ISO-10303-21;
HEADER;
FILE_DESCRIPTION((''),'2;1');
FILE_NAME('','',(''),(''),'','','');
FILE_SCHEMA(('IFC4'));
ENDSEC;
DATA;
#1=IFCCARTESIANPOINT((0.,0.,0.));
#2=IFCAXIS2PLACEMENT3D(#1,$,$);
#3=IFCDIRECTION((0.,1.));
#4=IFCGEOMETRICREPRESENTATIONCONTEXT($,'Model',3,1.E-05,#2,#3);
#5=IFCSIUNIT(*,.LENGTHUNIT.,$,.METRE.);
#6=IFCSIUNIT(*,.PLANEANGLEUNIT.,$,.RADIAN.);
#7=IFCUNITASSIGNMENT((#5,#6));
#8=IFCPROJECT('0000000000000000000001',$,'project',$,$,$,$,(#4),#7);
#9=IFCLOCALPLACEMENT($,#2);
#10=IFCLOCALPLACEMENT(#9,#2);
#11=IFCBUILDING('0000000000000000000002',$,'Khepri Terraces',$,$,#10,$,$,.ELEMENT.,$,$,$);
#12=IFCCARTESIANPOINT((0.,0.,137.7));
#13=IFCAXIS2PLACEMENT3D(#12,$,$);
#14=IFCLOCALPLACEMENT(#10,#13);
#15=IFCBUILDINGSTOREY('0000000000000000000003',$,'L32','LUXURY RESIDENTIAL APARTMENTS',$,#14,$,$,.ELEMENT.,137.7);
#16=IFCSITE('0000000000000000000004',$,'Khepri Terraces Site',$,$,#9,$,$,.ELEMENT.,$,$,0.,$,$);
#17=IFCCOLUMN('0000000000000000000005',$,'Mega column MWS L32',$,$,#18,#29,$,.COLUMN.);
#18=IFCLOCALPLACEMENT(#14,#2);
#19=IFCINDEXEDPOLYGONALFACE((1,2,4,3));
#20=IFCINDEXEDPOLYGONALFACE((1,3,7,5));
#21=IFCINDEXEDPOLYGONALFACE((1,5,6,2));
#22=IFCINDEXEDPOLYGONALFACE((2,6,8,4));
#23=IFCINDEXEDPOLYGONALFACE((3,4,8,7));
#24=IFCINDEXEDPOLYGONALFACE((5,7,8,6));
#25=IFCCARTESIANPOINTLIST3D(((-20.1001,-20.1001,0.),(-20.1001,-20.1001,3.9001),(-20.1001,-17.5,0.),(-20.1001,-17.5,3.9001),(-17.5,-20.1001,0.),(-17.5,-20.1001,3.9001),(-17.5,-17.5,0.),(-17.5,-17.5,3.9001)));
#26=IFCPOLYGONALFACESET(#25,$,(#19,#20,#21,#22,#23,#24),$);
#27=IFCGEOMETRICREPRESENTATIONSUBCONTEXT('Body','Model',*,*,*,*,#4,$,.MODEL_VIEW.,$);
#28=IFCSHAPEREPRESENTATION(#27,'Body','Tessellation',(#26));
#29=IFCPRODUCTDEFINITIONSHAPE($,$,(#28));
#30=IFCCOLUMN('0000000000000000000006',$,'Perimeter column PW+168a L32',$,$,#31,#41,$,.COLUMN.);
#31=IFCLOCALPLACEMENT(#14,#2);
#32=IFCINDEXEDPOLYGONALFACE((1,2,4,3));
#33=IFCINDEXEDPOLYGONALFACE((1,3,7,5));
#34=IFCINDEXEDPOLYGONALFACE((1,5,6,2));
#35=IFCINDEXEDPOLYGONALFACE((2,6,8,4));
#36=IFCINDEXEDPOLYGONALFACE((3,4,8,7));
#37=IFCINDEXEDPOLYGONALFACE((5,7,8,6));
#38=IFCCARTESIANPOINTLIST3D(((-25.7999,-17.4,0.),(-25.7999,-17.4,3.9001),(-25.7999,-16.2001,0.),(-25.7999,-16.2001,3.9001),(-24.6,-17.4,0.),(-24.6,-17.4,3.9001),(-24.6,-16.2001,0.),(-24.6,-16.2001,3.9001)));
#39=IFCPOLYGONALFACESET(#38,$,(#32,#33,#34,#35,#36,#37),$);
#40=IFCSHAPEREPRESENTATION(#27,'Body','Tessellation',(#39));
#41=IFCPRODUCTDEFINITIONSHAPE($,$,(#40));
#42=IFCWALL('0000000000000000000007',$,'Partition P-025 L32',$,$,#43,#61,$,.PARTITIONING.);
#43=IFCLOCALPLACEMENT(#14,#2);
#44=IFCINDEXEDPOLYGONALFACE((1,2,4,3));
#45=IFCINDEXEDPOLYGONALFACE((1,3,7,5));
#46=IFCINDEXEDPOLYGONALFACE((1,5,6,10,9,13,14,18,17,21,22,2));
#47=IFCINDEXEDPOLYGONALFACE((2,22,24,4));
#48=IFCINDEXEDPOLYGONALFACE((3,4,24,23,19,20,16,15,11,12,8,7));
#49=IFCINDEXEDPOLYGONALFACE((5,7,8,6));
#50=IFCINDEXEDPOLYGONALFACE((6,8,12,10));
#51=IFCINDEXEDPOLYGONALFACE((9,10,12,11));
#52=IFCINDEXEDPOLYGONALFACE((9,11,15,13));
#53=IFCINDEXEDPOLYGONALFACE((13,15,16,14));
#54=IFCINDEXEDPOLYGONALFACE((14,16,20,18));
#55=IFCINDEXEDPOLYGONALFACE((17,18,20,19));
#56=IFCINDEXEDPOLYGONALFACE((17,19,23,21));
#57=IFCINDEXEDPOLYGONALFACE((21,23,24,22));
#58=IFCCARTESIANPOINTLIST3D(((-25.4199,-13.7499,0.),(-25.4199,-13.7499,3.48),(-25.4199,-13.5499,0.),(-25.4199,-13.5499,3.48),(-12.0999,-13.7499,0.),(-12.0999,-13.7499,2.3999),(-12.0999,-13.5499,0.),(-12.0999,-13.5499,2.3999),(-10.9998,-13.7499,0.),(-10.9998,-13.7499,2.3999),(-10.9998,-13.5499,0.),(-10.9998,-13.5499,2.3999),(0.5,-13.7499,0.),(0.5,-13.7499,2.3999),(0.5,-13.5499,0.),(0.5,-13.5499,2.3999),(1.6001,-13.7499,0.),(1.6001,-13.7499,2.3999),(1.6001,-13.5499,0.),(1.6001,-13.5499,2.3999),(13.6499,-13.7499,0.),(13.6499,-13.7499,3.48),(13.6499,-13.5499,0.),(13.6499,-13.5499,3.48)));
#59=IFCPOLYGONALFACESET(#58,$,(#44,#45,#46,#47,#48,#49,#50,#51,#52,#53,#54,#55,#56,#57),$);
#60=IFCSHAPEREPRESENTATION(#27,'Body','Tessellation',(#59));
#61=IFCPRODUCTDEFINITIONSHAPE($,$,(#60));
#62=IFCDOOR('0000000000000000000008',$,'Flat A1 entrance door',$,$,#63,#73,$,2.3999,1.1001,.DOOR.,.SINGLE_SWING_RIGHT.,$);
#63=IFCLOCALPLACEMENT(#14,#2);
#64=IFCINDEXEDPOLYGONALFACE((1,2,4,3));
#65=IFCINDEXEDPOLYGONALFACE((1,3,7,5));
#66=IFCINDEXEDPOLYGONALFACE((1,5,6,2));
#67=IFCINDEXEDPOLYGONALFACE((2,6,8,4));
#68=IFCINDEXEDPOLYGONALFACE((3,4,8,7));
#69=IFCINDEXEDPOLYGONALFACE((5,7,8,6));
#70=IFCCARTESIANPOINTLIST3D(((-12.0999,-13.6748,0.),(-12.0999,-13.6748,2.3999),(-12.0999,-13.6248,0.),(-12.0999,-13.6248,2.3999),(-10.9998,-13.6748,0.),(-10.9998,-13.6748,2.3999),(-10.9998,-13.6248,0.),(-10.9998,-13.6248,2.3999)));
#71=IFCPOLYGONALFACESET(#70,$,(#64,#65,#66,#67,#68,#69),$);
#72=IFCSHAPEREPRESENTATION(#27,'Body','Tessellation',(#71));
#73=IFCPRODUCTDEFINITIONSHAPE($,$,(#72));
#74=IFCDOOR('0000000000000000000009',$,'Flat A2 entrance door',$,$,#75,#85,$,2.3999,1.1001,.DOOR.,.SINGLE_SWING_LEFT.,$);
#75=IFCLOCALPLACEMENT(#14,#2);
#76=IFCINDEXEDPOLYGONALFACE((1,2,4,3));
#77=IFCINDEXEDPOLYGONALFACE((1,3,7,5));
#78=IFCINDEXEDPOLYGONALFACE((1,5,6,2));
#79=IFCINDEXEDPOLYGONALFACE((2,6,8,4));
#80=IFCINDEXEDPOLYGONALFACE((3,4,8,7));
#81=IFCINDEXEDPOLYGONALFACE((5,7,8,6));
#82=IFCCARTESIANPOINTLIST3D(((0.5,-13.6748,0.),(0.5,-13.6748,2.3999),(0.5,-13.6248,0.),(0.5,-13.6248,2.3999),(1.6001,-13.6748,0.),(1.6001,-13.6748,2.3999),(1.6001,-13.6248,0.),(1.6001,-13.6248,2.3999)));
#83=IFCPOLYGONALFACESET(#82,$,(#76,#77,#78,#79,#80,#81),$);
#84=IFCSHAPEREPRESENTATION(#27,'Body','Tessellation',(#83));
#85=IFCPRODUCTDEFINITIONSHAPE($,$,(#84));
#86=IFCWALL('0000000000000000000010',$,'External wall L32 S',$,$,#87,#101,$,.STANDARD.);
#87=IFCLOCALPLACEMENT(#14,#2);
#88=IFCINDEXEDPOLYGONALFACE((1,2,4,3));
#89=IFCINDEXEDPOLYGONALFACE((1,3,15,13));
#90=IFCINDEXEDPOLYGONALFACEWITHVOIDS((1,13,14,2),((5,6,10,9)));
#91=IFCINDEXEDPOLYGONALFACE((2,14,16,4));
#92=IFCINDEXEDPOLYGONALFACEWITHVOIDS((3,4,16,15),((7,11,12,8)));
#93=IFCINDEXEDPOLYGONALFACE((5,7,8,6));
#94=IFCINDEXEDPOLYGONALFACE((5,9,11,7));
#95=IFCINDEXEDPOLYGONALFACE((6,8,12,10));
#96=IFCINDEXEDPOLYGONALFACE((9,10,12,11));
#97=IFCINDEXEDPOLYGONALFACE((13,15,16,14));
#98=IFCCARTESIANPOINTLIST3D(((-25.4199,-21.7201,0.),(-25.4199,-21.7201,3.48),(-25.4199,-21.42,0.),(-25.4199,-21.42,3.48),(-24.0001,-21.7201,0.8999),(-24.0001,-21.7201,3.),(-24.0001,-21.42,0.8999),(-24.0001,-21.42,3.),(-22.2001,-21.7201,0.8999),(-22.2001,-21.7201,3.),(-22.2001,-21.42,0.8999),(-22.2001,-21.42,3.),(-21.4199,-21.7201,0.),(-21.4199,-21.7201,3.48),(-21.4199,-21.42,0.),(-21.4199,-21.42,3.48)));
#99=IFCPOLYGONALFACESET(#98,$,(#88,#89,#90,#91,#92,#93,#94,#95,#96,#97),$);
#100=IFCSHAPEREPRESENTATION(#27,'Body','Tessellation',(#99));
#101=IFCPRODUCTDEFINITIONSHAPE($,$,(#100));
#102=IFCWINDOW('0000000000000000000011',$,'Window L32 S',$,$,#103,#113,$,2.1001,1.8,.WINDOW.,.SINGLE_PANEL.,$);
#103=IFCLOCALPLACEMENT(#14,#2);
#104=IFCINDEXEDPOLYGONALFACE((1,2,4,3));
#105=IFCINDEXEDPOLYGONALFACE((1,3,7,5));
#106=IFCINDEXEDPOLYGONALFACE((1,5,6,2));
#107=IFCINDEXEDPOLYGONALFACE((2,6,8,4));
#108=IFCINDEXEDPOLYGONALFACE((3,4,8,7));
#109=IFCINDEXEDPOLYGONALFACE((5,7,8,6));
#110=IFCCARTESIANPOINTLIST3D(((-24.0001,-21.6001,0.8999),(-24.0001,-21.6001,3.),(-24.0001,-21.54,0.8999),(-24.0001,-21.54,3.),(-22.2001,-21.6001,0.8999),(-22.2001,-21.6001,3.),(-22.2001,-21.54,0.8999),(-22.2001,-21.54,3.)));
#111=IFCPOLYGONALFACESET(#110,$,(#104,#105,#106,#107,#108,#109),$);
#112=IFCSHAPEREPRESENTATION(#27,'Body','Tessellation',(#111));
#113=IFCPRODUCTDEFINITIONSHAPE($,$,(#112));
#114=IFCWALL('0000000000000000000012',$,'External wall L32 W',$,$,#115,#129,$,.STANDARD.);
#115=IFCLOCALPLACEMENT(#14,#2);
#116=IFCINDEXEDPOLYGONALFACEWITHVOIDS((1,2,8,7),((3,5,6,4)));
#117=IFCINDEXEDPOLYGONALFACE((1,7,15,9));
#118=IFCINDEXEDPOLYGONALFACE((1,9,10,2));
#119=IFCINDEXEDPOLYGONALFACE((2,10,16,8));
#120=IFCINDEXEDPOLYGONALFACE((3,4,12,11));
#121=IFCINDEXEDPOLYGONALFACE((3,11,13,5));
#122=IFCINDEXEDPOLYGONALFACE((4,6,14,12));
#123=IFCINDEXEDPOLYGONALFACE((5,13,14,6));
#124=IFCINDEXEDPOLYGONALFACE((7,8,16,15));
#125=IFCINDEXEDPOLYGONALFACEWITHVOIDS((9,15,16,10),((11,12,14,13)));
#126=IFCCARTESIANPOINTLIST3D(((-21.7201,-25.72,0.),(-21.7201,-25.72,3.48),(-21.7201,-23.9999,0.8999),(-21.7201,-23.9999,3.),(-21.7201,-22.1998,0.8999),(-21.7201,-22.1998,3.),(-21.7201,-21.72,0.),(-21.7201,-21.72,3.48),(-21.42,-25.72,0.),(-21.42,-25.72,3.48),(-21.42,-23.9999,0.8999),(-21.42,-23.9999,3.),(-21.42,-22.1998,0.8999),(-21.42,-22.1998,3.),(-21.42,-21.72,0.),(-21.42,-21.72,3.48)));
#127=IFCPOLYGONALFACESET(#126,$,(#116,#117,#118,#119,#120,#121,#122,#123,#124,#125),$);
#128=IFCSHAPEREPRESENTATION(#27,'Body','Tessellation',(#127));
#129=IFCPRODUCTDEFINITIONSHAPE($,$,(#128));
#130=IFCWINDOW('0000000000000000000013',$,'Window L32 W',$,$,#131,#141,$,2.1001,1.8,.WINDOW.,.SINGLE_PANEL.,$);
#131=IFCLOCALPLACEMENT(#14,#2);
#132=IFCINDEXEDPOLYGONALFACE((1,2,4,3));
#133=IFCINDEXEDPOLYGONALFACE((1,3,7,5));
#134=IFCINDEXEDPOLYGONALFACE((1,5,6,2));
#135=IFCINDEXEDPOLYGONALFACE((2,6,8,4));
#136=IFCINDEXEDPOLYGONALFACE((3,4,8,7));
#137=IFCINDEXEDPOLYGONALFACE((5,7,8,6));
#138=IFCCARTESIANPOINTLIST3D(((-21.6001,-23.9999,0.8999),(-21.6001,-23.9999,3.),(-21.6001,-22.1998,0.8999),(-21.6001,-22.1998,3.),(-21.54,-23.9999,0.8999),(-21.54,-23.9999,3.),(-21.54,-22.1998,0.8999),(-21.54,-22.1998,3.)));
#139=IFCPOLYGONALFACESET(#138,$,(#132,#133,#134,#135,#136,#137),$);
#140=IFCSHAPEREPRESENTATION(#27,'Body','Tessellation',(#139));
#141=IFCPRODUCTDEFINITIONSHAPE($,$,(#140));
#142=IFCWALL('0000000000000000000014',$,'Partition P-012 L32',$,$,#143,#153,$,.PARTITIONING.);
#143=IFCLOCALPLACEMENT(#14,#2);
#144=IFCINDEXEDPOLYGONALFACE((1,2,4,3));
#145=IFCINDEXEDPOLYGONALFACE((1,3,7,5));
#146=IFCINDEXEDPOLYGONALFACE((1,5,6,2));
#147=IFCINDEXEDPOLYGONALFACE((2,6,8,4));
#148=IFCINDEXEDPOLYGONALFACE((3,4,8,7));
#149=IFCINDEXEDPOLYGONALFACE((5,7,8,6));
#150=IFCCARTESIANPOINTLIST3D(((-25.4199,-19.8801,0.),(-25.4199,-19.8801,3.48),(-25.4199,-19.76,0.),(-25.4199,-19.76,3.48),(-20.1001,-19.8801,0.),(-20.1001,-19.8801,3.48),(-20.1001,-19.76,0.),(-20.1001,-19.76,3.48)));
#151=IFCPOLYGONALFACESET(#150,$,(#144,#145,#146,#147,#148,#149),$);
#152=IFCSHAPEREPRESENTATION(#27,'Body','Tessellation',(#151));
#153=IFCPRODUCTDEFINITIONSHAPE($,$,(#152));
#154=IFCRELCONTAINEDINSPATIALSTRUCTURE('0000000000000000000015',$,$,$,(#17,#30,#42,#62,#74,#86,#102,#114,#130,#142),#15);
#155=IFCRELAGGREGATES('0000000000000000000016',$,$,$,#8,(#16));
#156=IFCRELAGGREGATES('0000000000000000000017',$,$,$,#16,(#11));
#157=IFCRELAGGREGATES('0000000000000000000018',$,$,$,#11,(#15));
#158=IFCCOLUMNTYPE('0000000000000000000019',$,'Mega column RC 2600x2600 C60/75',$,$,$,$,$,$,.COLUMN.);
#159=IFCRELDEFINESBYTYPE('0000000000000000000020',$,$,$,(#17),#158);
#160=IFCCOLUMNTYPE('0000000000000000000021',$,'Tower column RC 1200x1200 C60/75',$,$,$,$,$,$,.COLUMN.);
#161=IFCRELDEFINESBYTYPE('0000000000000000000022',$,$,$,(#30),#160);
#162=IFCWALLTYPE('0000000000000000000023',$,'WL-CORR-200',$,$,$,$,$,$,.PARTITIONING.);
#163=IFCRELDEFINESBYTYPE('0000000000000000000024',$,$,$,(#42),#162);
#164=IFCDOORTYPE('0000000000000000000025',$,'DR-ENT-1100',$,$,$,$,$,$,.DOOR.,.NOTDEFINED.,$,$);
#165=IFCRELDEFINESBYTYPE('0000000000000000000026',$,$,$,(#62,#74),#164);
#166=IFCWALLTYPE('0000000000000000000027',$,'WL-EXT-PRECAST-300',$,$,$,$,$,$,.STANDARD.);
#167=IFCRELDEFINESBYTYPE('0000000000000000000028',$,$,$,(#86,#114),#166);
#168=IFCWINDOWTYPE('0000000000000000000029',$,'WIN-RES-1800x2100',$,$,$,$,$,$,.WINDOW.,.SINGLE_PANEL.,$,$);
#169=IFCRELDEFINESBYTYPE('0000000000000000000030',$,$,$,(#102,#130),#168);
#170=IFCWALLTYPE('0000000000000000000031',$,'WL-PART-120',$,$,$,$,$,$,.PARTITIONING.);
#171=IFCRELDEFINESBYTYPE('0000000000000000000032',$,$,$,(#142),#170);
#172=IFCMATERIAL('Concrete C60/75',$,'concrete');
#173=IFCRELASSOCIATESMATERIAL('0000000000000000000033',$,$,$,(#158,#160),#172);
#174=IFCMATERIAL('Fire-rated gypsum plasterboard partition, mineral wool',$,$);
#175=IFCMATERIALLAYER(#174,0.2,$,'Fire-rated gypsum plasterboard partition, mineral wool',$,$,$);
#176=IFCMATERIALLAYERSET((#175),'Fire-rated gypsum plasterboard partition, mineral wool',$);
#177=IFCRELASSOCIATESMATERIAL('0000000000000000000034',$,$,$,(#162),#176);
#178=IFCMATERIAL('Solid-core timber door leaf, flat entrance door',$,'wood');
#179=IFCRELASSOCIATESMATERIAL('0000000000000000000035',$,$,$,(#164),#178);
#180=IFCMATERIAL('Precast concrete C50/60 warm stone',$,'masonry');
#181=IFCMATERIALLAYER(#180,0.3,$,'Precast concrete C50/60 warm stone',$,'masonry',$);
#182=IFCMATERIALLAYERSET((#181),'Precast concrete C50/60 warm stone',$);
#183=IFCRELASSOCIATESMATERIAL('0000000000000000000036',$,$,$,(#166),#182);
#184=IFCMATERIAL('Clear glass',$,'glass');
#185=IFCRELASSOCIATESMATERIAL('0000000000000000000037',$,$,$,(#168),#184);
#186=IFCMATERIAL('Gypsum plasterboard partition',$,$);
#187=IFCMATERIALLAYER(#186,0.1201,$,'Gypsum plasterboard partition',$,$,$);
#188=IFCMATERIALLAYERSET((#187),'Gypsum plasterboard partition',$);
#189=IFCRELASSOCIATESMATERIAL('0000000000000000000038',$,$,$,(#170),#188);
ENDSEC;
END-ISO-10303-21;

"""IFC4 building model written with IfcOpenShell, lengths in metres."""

from ifc_helpers import new_model, si_unit, direction, frame, frame_2d, origin, origin_2d, place, context, subcontext, project, spatial, rectangle, extrude, material, layer, layer_set, material_profile, profile_set, type_object, element, fill, save


model = new_model("IFC4")

# Units and contexts
model_context = context("Model", 3, precision=1e-05, world=origin(), true_north=direction((0.0, 1.0)))
body_context = subcontext(model_context, "Body", "Model", "MODEL_VIEW")
ifc_project = project(units=[si_unit("LENGTHUNIT", "METRE"), si_unit("PLANEANGLEUNIT", "RADIAN")], contexts=[model_context])

# Site, building, storey
site_placement = place(None, origin())
site = spatial("IfcSite", under=ifc_project, at=site_placement, Name="Khepri Terraces Site", CompositionType="ELEMENT", RefElevation=0.0)
building_placement = place(site_placement, origin())
building = spatial("IfcBuilding", under=site, at=building_placement, Name="Khepri Terraces", CompositionType="ELEMENT")
storey_placement = place(building_placement, frame((0.0, 0.0, 137.7)))
storey = spatial("IfcBuildingStorey", under=building, at=storey_placement, Name="L32", Description="LUXURY RESIDENTIAL APARTMENTS", CompositionType="ELEMENT", Elevation=137.7)

# Columns
ifc_material_1 = material(Name="Concrete C60/75", Category="concrete")
ifc_material_profile_1 = material_profile(ifc_material_1, rectangle(XDim=2.6001, YDim=2.6001, at=origin_2d()), Name="Concrete C60/75", Category="concrete")
ifc_profile_set_1 = profile_set([ifc_material_profile_1], Name="Concrete C60/75")
column_type_1 = type_object("IfcColumnType", Name="Mega column RC 2600x2600 C60/75", PredefinedType="COLUMN", material=ifc_profile_set_1)
column_1_placement = place(storey_placement, frame((-18.8, -18.8, 0.0), z_axis=(0.0, 0.0, 1.0), x_axis=(1.0, 0.0, 0.0)))
element("IfcColumn", 1, at=column_1_placement, inside=storey, type_object=column_type_1, Name="Mega column MWS L32", PredefinedType="COLUMN", context=body_context, shape_type="SweptSolid", body=[
    extrude(rectangle(XDim=2.6001, YDim=2.6001, at=origin_2d()), origin(), (0.0, 0.0, 1.0), 3.9001),
])
ifc_material_profile_2 = material_profile(ifc_material_1, rectangle(XDim=1.2, YDim=1.2, at=origin_2d()), Name="Concrete C60/75", Category="concrete")
ifc_profile_set_2 = profile_set([ifc_material_profile_2], Name="Concrete C60/75")
column_type_2 = type_object("IfcColumnType", Name="Tower column RC 1200x1200 C60/75", PredefinedType="COLUMN", material=ifc_profile_set_2)
column_2_placement = place(storey_placement, frame((-25.2, -16.8, 0.0), z_axis=(0.0, 0.0, 1.0), x_axis=(1.0, 0.0, 0.0)))
element("IfcColumn", 2, at=column_2_placement, inside=storey, type_object=column_type_2, Name="Perimeter column PW+168a L32", PredefinedType="COLUMN", context=body_context, shape_type="SweptSolid", body=[
    extrude(rectangle(XDim=1.2, YDim=1.2, at=origin_2d()), origin(), (0.0, 0.0, 1.0), 3.9001),
])

# Wall, openings, doors
ifc_material_2 = material(Name="Fire-rated gypsum plasterboard partition, mineral wool")
ifc_layer_1 = layer(ifc_material_2, 0.2, Name="Fire-rated gypsum plasterboard partition, mineral wool")
ifc_layer_set_1 = layer_set([ifc_layer_1], Name="Fire-rated gypsum plasterboard partition, mineral wool")
wall_type_1 = type_object("IfcWallType", Name="WL-CORR-200", PredefinedType="PARTITIONING", material=ifc_layer_set_1)
wall_1_placement = place(storey_placement, frame((-25.4199, -13.6499, 0.0), z_axis=(0.0, 0.0, 1.0), x_axis=(1.0, 0.0, 0.0)))
wall_1 = element("IfcWall", 3, at=wall_1_placement, inside=storey, type_object=wall_type_1, Name="Partition P-025 L32", PredefinedType="PARTITIONING", context=body_context, shape_type="SweptSolid", body=[
    extrude(rectangle(XDim=39.0698, YDim=0.2, at=frame_2d((19.5349, 0.0))), origin(), (0.0, 0.0, 1.0), 3.48),
])
opening_1_placement = place(wall_1_placement, frame((13.3201, 0.0, 0.0)))
opening_1 = element("IfcOpeningElement", 4, at=opening_1_placement, cuts=wall_1, PredefinedType="OPENING", context=body_context, shape_type="SweptSolid", body=[
    extrude(rectangle(XDim=1.1001, YDim=2.3999, at=frame_2d((0.55, 1.2))), frame((0.0, 0.1099, 0.0), z_axis=(0.0, -1.0, 0.0), x_axis=(1.0, 0.0, 0.0)), (0.0, 0.0, 1.0), 0.22),
])
opening_2_placement = place(wall_1_placement, frame((25.9199, 0.0, 0.0)))
opening_2 = element("IfcOpeningElement", 5, at=opening_2_placement, cuts=wall_1, PredefinedType="OPENING", context=body_context, shape_type="SweptSolid", body=[
    extrude(rectangle(XDim=1.1001, YDim=2.3999, at=frame_2d((0.55, 1.2))), frame((0.0, 0.1099, 0.0), z_axis=(0.0, -1.0, 0.0), x_axis=(1.0, 0.0, 0.0)), (0.0, 0.0, 1.0), 0.22),
])
ifc_material_3 = material(Name="Solid-core timber door leaf, flat entrance door", Category="wood")
door_type_1 = type_object("IfcDoorType", Name="DR-ENT-1100", OperationType="NOTDEFINED", PredefinedType="DOOR", material=ifc_material_3)
door_1_placement = place(opening_1_placement, frame((1.1001, 0.0, 0.0), z_axis=(0.0, 0.0, 1.0), x_axis=(-1.0, 0.0, 0.0)))
door_1 = element("IfcDoor", 6, at=door_1_placement, inside=storey, type_object=door_type_1, Name="Flat A1 entrance door", OperationType="SINGLE_SWING_RIGHT", OverallHeight=2.3999, OverallWidth=1.1001, PredefinedType="DOOR", context=body_context, shape_type="SweptSolid", body=[
    extrude(rectangle(XDim=1.1001, YDim=2.3999, at=frame_2d((0.55, 1.2))), frame((0.0, 0.0249, 0.0), z_axis=(0.0, -1.0, 0.0), x_axis=(1.0, 0.0, 0.0)), (0.0, 0.0, 1.0), 0.05),
])
fill(opening_1, door_1)
door_2_placement = place(opening_2_placement, frame((1.1001, 0.0, 0.0), z_axis=(0.0, 0.0, 1.0), x_axis=(-1.0, 0.0, 0.0)))
door_2 = element("IfcDoor", 7, at=door_2_placement, inside=storey, type_object=door_type_1, Name="Flat A2 entrance door", OperationType="SINGLE_SWING_LEFT", OverallHeight=2.3999, OverallWidth=1.1001, PredefinedType="DOOR", context=body_context, shape_type="SweptSolid", body=[
    extrude(rectangle(XDim=1.1001, YDim=2.3999, at=frame_2d((0.55, 1.2))), frame((0.0, 0.0249, 0.0), z_axis=(0.0, -1.0, 0.0), x_axis=(1.0, 0.0, 0.0)), (0.0, 0.0, 1.0), 0.05),
])
fill(opening_2, door_2)

# Shared definitions
ifc_material_4 = material(Name="Precast concrete C50/60 warm stone", Category="masonry")
ifc_layer_2 = layer(ifc_material_4, 0.3, Name="Precast concrete C50/60 warm stone", Category="masonry")
ifc_layer_set_2 = layer_set([ifc_layer_2], Name="Precast concrete C50/60 warm stone")
wall_type_2 = type_object("IfcWallType", Name="WL-EXT-PRECAST-300", PredefinedType="STANDARD", material=ifc_layer_set_2)
ifc_material_5 = material(Name="Clear glass", Category="glass")
window_type = type_object("IfcWindowType", Name="WIN-RES-1800x2100", PartitioningType="SINGLE_PANEL", PredefinedType="WINDOW", material=ifc_material_5)

# Walls, openings, windows
wall_2_placement = place(storey_placement, frame((-25.4199, -21.5701, 0.0), z_axis=(0.0, 0.0, 1.0), x_axis=(1.0, 0.0, 0.0)))
wall_2 = element("IfcWall", 8, at=wall_2_placement, inside=storey, type_object=wall_type_2, Name="External wall L32 S", PredefinedType="STANDARD", context=body_context, shape_type="SweptSolid", body=[
    extrude(rectangle(XDim=4.0, YDim=0.3, at=frame_2d((2.0, 0.0))), origin(), (0.0, 0.0, 1.0), 3.48),
])
opening_3_placement = place(wall_2_placement, frame((1.4199, 0.0, 0.8999)))
opening_3 = element("IfcOpeningElement", 9, at=opening_3_placement, cuts=wall_2, PredefinedType="OPENING", context=body_context, shape_type="SweptSolid", body=[
    extrude(rectangle(XDim=1.8, YDim=2.1001, at=frame_2d((0.8999, 1.05))), frame((0.0, 0.1602, 0.0), z_axis=(0.0, -1.0, 0.0), x_axis=(1.0, 0.0, 0.0)), (0.0, 0.0, 1.0), 0.3201),
])
window_1_placement = place(opening_3_placement, origin())
window_1 = element("IfcWindow", 10, at=window_1_placement, inside=storey, type_object=window_type, Name="Window L32 S", OverallHeight=2.1001, OverallWidth=1.8, PartitioningType="SINGLE_PANEL", PredefinedType="WINDOW", context=body_context, shape_type="SweptSolid", body=[
    extrude(rectangle(XDim=1.8, YDim=2.1001, at=frame_2d((0.8999, 1.05))), frame((0.0, 0.03, 0.0), z_axis=(0.0, -1.0, 0.0), x_axis=(1.0, 0.0, 0.0)), (0.0, 0.0, 1.0), 0.0601),
])
fill(opening_3, window_1)
wall_3_placement = place(storey_placement, frame((-21.5701, -21.72, 0.0), z_axis=(0.0, 0.0, 1.0), x_axis=(0.0, -1.0, 0.0)))
wall_3 = element("IfcWall", 11, at=wall_3_placement, inside=storey, type_object=wall_type_2, Name="External wall L32 W", PredefinedType="STANDARD", context=body_context, shape_type="SweptSolid", body=[
    extrude(rectangle(XDim=4.0, YDim=0.3, at=frame_2d((2.0, 0.0))), origin(), (0.0, 0.0, 1.0), 3.48),
])
opening_4_placement = place(wall_3_placement, frame((0.48, 0.0, 0.8999)))
opening_4 = element("IfcOpeningElement", 12, at=opening_4_placement, cuts=wall_3, PredefinedType="OPENING", context=body_context, shape_type="SweptSolid", body=[
    extrude(rectangle(XDim=1.8, YDim=2.1001, at=frame_2d((0.8999, 1.05))), frame((0.0, 0.1602, 0.0), z_axis=(0.0, -1.0, 0.0), x_axis=(1.0, 0.0, 0.0)), (0.0, 0.0, 1.0), 0.3201),
])
window_2_placement = place(opening_4_placement, origin())
window_2 = element("IfcWindow", 13, at=window_2_placement, inside=storey, type_object=window_type, Name="Window L32 W", OverallHeight=2.1001, OverallWidth=1.8, PartitioningType="SINGLE_PANEL", PredefinedType="WINDOW", context=body_context, shape_type="SweptSolid", body=[
    extrude(rectangle(XDim=1.8, YDim=2.1001, at=frame_2d((0.8999, 1.05))), frame((0.0, 0.03, 0.0), z_axis=(0.0, -1.0, 0.0), x_axis=(1.0, 0.0, 0.0)), (0.0, 0.0, 1.0), 0.0601),
])
fill(opening_4, window_2)

# Wall
ifc_material_6 = material(Name="Gypsum plasterboard partition")
ifc_layer_3 = layer(ifc_material_6, 0.1201, Name="Gypsum plasterboard partition")
ifc_layer_set_3 = layer_set([ifc_layer_3], Name="Gypsum plasterboard partition")
wall_type_3 = type_object("IfcWallType", Name="WL-PART-120", PredefinedType="PARTITIONING", material=ifc_layer_set_3)
wall_4_placement = place(storey_placement, frame((-25.4199, -19.8201, 0.0), z_axis=(0.0, 0.0, 1.0), x_axis=(1.0, 0.0, 0.0)))
element("IfcWall", 14, at=wall_4_placement, inside=storey, type_object=wall_type_3, Name="Partition P-012 L32", PredefinedType="PARTITIONING", context=body_context, shape_type="SweptSolid", body=[
    extrude(rectangle(XDim=5.3198, YDim=0.1201, at=frame_2d((2.6599, 0.0))), origin(), (0.0, 0.0, 1.0), 3.48),
])

save(model, "model.ifc")
